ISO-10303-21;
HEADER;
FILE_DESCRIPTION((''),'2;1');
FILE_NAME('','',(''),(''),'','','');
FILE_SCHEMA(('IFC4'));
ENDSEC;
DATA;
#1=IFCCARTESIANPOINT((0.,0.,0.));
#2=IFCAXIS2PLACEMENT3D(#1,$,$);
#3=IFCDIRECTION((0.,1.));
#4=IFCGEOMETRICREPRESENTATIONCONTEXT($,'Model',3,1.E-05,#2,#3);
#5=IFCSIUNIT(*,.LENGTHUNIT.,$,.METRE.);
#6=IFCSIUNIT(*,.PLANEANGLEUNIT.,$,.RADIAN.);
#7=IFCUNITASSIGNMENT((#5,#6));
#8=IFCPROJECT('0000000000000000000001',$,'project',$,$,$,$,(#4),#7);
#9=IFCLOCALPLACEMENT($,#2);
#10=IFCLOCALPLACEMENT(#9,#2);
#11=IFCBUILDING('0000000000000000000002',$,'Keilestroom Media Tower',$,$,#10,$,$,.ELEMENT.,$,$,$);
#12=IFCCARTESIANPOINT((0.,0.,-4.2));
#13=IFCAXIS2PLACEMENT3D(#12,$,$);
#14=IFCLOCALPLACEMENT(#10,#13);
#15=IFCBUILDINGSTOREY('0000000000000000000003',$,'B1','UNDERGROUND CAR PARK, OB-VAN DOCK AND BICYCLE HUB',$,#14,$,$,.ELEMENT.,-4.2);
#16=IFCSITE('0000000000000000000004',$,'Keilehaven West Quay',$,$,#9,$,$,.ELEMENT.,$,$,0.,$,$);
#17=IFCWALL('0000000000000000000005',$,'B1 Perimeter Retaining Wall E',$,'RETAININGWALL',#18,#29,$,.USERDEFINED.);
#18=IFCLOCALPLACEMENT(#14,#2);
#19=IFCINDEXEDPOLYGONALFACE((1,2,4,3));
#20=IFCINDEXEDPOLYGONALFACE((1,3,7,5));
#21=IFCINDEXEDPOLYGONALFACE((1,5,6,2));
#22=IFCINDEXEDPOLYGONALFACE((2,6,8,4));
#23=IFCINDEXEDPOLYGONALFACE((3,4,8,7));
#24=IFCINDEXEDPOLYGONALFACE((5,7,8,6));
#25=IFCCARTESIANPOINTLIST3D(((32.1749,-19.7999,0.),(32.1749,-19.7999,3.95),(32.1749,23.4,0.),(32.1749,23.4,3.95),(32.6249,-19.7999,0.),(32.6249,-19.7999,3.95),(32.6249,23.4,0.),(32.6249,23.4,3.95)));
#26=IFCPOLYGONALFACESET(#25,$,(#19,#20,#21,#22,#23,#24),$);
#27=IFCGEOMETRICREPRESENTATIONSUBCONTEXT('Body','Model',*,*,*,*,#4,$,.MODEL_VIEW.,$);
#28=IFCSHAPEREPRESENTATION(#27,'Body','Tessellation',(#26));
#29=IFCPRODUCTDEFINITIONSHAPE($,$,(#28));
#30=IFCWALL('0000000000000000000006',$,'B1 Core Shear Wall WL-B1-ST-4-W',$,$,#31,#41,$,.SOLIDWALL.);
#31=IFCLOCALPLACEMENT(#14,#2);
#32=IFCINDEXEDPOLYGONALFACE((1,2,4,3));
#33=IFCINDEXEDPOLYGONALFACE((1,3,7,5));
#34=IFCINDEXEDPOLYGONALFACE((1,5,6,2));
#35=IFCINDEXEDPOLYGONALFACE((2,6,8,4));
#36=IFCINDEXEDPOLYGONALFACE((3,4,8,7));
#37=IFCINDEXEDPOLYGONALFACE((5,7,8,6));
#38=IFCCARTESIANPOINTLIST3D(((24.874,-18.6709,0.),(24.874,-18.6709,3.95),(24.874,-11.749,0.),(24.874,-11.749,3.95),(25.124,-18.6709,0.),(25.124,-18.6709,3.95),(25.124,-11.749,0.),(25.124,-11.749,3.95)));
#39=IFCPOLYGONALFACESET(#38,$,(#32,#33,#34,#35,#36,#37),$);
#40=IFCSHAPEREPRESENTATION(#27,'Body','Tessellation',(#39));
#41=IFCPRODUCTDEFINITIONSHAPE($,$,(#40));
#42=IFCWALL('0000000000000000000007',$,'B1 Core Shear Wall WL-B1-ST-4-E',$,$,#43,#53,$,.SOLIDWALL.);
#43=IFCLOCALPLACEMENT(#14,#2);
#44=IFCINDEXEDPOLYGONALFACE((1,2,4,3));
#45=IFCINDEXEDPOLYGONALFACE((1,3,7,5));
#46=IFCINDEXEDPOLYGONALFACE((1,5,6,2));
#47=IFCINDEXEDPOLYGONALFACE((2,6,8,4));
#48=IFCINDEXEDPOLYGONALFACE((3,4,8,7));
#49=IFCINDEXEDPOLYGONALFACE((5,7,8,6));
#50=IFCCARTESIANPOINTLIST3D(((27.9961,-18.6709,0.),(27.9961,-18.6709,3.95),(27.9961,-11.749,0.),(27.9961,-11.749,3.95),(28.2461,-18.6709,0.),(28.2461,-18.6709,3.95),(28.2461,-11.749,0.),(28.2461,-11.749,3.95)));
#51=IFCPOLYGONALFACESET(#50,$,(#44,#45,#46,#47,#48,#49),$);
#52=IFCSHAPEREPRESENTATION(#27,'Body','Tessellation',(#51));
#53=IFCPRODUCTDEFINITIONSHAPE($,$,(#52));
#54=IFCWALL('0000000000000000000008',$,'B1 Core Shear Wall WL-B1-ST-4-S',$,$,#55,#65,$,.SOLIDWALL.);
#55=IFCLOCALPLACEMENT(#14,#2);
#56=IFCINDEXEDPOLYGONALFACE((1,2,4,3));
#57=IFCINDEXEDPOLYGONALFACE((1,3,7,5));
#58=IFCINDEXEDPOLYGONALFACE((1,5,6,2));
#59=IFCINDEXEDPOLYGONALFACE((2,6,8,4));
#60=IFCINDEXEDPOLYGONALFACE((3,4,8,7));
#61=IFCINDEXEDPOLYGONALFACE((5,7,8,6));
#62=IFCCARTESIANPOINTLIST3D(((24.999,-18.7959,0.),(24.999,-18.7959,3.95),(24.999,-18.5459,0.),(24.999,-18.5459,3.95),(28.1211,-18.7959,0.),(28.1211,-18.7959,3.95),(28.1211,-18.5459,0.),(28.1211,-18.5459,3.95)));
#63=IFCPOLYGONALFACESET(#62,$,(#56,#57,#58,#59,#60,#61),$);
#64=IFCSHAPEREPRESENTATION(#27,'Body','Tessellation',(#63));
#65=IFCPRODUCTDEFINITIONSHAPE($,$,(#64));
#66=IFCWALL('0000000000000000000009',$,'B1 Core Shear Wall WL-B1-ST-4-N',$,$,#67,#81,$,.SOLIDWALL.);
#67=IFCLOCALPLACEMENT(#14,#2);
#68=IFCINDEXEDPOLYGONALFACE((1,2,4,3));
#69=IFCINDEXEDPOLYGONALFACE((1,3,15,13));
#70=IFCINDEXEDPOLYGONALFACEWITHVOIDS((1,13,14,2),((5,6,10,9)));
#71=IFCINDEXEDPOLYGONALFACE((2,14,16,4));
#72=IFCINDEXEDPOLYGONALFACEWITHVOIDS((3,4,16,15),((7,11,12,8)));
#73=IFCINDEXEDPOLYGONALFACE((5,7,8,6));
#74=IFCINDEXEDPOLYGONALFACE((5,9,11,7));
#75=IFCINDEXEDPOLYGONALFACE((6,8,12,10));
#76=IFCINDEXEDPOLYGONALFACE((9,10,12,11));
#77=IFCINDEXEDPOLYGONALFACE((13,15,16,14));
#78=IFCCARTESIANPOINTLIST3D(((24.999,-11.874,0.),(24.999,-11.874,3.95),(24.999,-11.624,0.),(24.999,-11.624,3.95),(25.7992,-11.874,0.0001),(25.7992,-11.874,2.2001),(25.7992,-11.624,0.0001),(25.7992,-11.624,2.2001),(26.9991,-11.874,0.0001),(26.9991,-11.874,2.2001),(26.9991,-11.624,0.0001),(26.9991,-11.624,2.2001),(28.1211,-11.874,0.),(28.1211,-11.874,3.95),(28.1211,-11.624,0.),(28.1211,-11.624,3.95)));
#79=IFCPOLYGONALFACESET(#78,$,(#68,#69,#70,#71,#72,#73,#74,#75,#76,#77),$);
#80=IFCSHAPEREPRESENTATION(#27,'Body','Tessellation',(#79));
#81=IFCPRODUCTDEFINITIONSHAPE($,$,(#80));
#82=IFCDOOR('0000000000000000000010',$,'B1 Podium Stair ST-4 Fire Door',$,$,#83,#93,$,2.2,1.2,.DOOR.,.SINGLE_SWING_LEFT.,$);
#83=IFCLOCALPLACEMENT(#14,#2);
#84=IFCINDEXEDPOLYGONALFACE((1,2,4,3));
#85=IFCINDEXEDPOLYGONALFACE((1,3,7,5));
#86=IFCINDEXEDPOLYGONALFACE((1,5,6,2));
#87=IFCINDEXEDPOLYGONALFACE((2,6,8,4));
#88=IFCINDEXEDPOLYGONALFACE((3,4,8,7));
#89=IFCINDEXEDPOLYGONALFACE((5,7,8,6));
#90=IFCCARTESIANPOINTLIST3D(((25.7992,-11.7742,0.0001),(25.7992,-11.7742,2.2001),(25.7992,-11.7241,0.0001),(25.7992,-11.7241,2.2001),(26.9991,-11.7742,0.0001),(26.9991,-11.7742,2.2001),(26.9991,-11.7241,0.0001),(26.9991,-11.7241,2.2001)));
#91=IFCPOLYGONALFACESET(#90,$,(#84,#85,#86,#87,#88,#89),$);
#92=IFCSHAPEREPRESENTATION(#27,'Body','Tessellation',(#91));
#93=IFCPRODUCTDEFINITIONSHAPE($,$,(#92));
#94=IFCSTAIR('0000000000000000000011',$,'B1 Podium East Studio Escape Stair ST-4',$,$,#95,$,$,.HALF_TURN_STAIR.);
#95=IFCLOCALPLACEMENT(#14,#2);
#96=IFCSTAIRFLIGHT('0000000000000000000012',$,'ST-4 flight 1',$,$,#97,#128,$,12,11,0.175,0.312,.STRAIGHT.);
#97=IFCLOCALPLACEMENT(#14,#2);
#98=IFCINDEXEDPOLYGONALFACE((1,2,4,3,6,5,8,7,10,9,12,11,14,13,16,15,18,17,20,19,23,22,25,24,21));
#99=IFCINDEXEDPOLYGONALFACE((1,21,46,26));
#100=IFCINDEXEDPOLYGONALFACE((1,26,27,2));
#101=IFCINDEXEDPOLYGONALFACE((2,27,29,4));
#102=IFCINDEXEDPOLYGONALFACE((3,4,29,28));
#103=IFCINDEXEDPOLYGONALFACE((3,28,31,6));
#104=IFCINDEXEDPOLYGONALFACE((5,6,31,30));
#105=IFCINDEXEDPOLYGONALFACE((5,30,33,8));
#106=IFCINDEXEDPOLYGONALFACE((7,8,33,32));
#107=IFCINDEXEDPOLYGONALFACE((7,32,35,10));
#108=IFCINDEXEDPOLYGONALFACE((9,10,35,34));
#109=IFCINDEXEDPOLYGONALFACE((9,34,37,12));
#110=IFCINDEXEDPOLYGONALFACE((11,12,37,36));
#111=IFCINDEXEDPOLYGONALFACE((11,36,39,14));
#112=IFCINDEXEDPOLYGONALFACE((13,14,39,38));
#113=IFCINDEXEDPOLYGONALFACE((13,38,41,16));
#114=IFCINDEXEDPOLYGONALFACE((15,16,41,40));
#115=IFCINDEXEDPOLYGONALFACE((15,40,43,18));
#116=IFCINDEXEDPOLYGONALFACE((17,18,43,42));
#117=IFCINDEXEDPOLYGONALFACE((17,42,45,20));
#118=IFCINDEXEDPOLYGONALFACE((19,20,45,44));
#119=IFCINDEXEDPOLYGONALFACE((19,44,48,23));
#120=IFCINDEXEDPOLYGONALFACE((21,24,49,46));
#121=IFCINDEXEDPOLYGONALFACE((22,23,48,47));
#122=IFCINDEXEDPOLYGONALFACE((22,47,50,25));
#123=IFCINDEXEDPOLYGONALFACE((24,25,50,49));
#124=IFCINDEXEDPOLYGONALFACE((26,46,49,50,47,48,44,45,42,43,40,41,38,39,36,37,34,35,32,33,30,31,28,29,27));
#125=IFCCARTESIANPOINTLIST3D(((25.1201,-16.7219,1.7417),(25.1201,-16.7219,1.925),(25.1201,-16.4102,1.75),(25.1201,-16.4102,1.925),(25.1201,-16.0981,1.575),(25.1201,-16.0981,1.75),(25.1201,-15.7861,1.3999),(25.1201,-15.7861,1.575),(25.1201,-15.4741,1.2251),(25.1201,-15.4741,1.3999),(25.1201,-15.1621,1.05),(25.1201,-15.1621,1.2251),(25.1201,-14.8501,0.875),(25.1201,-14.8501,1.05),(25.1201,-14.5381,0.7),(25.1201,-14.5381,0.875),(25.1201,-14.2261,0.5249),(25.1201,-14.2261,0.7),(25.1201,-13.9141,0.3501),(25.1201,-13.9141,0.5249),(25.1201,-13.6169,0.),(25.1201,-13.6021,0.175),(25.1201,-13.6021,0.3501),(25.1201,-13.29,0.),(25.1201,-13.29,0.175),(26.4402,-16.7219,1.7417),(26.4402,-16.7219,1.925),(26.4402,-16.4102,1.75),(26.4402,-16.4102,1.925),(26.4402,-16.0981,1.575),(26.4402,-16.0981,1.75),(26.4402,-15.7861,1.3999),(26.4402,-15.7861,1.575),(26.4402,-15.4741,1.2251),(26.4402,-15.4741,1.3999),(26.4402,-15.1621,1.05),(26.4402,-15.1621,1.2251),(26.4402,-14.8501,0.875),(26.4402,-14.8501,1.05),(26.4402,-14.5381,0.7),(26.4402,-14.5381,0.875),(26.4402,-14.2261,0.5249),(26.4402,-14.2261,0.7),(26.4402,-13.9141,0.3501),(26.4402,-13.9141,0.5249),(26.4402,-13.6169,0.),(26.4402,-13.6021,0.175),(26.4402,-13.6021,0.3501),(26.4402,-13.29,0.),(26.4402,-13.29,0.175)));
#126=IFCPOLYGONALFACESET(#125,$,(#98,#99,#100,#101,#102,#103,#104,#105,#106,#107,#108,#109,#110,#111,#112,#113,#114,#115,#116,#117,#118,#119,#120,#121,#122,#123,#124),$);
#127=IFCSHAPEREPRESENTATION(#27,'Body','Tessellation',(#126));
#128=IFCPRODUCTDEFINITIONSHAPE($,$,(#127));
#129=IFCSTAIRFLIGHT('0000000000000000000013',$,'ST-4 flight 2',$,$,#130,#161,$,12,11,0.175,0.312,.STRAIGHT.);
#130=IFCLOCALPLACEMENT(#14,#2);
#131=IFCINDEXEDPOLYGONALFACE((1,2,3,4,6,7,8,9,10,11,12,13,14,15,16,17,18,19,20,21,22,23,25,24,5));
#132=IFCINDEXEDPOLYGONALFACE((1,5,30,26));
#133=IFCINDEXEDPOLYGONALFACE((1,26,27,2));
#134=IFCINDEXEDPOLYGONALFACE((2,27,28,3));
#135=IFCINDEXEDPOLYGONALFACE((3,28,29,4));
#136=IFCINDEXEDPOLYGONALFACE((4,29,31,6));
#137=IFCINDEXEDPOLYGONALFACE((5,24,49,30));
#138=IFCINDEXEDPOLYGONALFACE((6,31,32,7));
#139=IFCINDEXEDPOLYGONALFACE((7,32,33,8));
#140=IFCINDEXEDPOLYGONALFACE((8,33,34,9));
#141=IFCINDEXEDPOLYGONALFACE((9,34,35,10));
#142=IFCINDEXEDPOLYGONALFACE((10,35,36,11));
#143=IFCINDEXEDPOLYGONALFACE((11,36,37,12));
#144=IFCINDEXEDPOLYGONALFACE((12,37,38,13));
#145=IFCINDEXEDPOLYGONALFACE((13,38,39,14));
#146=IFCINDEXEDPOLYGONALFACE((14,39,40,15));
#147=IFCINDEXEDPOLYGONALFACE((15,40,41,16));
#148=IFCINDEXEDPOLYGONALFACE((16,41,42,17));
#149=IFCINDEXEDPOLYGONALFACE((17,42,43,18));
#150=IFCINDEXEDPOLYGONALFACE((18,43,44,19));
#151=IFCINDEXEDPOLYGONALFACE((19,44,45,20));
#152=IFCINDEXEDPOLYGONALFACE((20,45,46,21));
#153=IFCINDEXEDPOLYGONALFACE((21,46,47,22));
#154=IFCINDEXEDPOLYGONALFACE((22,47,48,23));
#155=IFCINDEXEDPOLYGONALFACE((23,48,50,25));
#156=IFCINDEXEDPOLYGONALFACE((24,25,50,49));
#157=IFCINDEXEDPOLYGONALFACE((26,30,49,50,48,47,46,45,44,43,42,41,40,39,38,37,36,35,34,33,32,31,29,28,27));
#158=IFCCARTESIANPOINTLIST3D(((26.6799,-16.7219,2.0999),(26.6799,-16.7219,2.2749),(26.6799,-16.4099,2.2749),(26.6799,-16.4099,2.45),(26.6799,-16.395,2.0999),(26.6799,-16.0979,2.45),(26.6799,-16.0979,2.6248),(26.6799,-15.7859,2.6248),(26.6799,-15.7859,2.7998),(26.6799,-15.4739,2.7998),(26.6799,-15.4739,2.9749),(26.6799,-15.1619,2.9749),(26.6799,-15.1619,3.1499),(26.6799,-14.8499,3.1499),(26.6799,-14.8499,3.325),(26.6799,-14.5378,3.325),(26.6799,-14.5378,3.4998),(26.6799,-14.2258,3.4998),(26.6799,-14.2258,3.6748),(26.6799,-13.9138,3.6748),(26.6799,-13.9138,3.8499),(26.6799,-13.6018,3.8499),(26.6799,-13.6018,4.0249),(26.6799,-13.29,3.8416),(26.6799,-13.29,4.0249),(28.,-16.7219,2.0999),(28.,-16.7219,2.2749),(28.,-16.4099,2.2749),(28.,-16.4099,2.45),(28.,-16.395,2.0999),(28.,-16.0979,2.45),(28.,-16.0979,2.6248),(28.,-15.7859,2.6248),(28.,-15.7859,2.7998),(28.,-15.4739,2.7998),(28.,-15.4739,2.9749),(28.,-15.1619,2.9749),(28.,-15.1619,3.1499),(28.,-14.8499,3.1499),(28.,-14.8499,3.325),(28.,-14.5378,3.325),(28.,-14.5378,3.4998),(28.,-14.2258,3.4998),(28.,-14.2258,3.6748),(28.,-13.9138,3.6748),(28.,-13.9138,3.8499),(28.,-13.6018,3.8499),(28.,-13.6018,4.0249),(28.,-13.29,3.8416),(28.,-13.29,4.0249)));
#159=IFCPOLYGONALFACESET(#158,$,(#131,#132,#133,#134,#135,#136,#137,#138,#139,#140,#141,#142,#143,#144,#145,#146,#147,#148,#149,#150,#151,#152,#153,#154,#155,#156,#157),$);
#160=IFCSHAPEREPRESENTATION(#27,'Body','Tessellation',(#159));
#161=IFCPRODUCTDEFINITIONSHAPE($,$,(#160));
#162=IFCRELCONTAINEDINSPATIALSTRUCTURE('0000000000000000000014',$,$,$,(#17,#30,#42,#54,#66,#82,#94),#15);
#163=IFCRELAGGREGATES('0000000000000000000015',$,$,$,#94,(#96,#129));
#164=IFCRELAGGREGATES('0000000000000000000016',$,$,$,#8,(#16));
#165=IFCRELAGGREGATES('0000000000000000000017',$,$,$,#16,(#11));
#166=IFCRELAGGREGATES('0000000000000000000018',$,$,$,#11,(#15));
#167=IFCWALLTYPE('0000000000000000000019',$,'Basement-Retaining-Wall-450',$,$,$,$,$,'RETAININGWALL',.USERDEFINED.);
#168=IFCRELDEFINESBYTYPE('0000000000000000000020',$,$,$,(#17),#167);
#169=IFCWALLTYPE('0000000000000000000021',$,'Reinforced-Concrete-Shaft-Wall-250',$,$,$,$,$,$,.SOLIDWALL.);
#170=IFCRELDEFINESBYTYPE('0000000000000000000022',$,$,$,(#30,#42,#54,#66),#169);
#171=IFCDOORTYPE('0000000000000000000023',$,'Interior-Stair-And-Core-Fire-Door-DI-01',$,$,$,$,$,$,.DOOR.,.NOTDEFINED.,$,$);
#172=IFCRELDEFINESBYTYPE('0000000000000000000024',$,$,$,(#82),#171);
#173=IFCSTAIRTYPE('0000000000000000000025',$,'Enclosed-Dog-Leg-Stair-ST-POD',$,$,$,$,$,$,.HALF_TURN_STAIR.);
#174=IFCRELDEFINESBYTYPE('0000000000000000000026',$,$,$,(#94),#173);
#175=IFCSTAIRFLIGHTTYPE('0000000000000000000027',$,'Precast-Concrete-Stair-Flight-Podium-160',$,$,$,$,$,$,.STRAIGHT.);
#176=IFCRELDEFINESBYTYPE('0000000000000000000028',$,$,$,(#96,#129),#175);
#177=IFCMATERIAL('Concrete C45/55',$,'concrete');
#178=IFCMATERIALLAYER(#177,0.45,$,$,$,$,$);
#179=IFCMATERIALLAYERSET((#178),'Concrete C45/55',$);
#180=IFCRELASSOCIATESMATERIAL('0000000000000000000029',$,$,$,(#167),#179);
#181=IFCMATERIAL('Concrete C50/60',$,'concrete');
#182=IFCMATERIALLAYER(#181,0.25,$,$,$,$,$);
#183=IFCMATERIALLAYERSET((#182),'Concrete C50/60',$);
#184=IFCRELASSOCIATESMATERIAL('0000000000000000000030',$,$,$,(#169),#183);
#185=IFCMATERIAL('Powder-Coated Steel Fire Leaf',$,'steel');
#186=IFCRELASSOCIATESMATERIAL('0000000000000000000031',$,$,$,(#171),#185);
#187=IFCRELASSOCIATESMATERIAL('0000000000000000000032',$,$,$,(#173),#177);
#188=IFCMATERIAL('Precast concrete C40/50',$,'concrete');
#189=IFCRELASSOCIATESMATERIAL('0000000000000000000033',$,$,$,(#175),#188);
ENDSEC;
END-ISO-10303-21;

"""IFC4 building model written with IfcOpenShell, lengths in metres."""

from ifc_helpers import new_model, si_unit, direction, frame, frame_2d, origin, place, context, subcontext, project, spatial, polyline, rectangle, outline, extrude, source, transform, mapped, material, layer, layer_set, type_object, element, fill, aggregate, save


model = new_model("IFC4")

# Units and contexts
model_context = context("Model", 3, precision=1e-05, world=origin(), true_north=direction((0.0, 1.0)))
body_context = subcontext(model_context, "Body", "Model", "MODEL_VIEW")
ifc_project = project(units=[si_unit("LENGTHUNIT", "METRE"), si_unit("PLANEANGLEUNIT", "RADIAN")], contexts=[model_context])

# Site, building, storey
site_placement = place(None, origin())
site = spatial("IfcSite", under=ifc_project, at=site_placement, Name="Keilehaven West Quay", CompositionType="ELEMENT", RefElevation=0.0)
building_placement = place(site_placement, origin())
building = spatial("IfcBuilding", under=site, at=building_placement, Name="Keilestroom Media Tower", CompositionType="ELEMENT")
storey_placement = place(building_placement, frame((0.0, 0.0, -4.2)))
storey = spatial("IfcBuildingStorey", under=building, at=storey_placement, Name="B1", Description="UNDERGROUND CAR PARK, OB-VAN DOCK AND BICYCLE HUB", CompositionType="ELEMENT", Elevation=-4.2)

# Shared definitions
ifc_material_1 = material(Name="Precast concrete C40/50", Category="concrete")

# Walls
ifc_material_2 = material(Name="Concrete C45/55", Category="concrete")
ifc_layer_1 = layer(ifc_material_2, 0.45)
ifc_layer_set_1 = layer_set([ifc_layer_1], Name="Concrete C45/55")
wall_type_1 = type_object("IfcWallType", Name="Basement-Retaining-Wall-450", ElementType="RETAININGWALL", PredefinedType="USERDEFINED", material=ifc_layer_set_1)
wall_1_placement = place(storey_placement, frame((32.3999, -19.8, 0.0), z_axis=(0.0, 0.0, 1.0), x_axis=(0.0, 1.0, 0.0)))
element("IfcWall", 1, at=wall_1_placement, inside=storey, type_object=wall_type_1, Name="B1 Perimeter Retaining Wall E", ObjectType="RETAININGWALL", PredefinedType="USERDEFINED", context=body_context, shape_type="SweptSolid", body=[
    extrude(rectangle(XDim=43.2, YDim=0.45, at=frame_2d((21.6001, 0.0))), origin(), (0.0, 0.0, 1.0), 3.95),
])
ifc_material_3 = material(Name="Concrete C50/60", Category="concrete")
ifc_layer_2 = layer(ifc_material_3, 0.25)
ifc_layer_set_2 = layer_set([ifc_layer_2], Name="Concrete C50/60")
wall_type_2 = type_object("IfcWallType", Name="Reinforced-Concrete-Shaft-Wall-250", PredefinedType="SOLIDWALL", material=ifc_layer_set_2)
for number, where, z_axis, x_axis, name in (
    (2, (24.999, -18.6709, 0.0), (0.0, 0.0, 1.0), (0.0, 1.0, 0.0), "B1 Core Shear Wall WL-B1-ST-4-W"),
    (3, (28.1211, -18.6709, 0.0), (0.0, 0.0, 1.0), (0.0, 1.0, 0.0), "B1 Core Shear Wall WL-B1-ST-4-E"),
):
    element("IfcWall", number, at=place(storey_placement, frame(where, z_axis=z_axis, x_axis=x_axis)), inside=storey, type_object=wall_type_2, Name=name, PredefinedType="SOLIDWALL", context=body_context, shape_type="SweptSolid", body=[
        extrude(rectangle(XDim=6.9219, YDim=0.25, at=frame_2d((3.4609, 0.0))), origin(), (0.0, 0.0, 1.0), 3.95),
    ])
wall_2_placement = place(storey_placement, frame((24.999, -18.6709, 0.0), z_axis=(0.0, 0.0, 1.0), x_axis=(1.0, 0.0, 0.0)))
element("IfcWall", 4, at=wall_2_placement, inside=storey, type_object=wall_type_2, Name="B1 Core Shear Wall WL-B1-ST-4-S", PredefinedType="SOLIDWALL", context=body_context, shape_type="SweptSolid", body=[
    extrude(rectangle(XDim=3.1221, YDim=0.25, at=frame_2d((1.561, 0.0))), origin(), (0.0, 0.0, 1.0), 3.95),
])

# Wall, opening, door
wall_3_placement = place(storey_placement, frame((24.999, -11.749, 0.0), z_axis=(0.0, 0.0, 1.0), x_axis=(1.0, 0.0, 0.0)))
wall_3 = element("IfcWall", 5, at=wall_3_placement, inside=storey, type_object=wall_type_2, Name="B1 Core Shear Wall WL-B1-ST-4-N", PredefinedType="SOLIDWALL", context=body_context, shape_type="SweptSolid", body=[
    extrude(rectangle(XDim=3.1221, YDim=0.25, at=frame_2d((1.561, 0.0))), origin(), (0.0, 0.0, 1.0), 3.95),
])
opening_placement = place(wall_3_placement, frame((0.8, 0.0, 0.0)))
opening = element("IfcOpeningElement", 6, at=opening_placement, cuts=wall_3, PredefinedType="OPENING", context=body_context, shape_type="SweptSolid", body=[
    extrude(rectangle(XDim=1.2, YDim=2.2, at=frame_2d((0.6001, 1.1001))), frame((0.0, 0.135, 0.0), z_axis=(0.0, -1.0, 0.0), x_axis=(1.0, 0.0, 0.0)), (0.0, 0.0, 1.0), 0.27),
])
ifc_material_4 = material(Name="Powder-Coated Steel Fire Leaf", Category="steel")
door_type = type_object("IfcDoorType", Name="Interior-Stair-And-Core-Fire-Door-DI-01", OperationType="NOTDEFINED", PredefinedType="DOOR", material=ifc_material_4)
shared_shape_1 = source(origin(), body_context, "Body", "SweptSolid", [
    extrude(rectangle(XDim=1.2, YDim=2.2, at=frame_2d((0.6001, 1.1001))), frame((0.0, 0.0249, 0.0), z_axis=(0.0, -1.0, 0.0), x_axis=(1.0, 0.0, 0.0)), (0.0, 0.0, 1.0), 0.05),
])
door_placement = place(opening_placement, origin())
door = element("IfcDoor", 7, at=door_placement, inside=storey, type_object=door_type, Name="B1 Podium Stair ST-4 Fire Door", OperationType="SINGLE_SWING_LEFT", OverallHeight=2.2, OverallWidth=1.2, PredefinedType="DOOR", context=body_context, shape_type="MappedRepresentation", body=[
    mapped(shared_shape_1, transform((0.0, 0.0, 0.0), x_axis=(1.0, 0.0, 0.0), y_axis=(0.0, 1.0, 0.0), z_axis=(0.0, 0.0, 1.0), scale=1.0)),
])
fill(opening, door)

# Stair, stair flights
stair_type = type_object("IfcStairType", Name="Enclosed-Dog-Leg-Stair-ST-POD", PredefinedType="HALF_TURN_STAIR", material=ifc_material_2)
stair_placement = place(storey_placement, origin())
stair = element("IfcStair", 8, at=stair_placement, inside=storey, type_object=stair_type, Name="B1 Podium East Studio Escape Stair ST-4", PredefinedType="HALF_TURN_STAIR")
stair_flight_type = type_object("IfcStairFlightType", Name="Precast-Concrete-Stair-Flight-Podium-160", PredefinedType="STRAIGHT", material=ifc_material_1)
stair_flight_1_placement = place(storey_placement, frame((25.78, -13.29, 0.0), z_axis=(0.0, 0.0, 1.0), x_axis=(0.0, -1.0, 0.0)))
stair_flight_1 = element("IfcStairFlight", 9, at=stair_flight_1_placement, type_object=stair_flight_type, Name="ST-4 flight 1", NumberOfRisers=12, NumberOfTreads=11, PredefinedType="STRAIGHT", RiserHeight=0.175, TreadLength=0.312, context=body_context, shape_type="SweptSolid", body=[
    extrude(outline(polyline([(0.0, 0.0), (0.0, 0.175), (0.312, 0.175), (0.312, 0.3501), (0.624, 0.3501), (0.624, 0.5249), (0.936, 0.5249), (0.936, 0.7), (1.248, 0.7), (1.248, 0.875), (1.5601, 0.875), (1.5601, 1.05), (1.8721, 1.05), (1.8721, 1.2251), (2.1841, 1.2251), (2.1841, 1.3999), (2.4961, 1.3999), (2.4961, 1.575), (2.8081, 1.575), (2.8081, 1.75), (3.1201, 1.75), (3.1201, 1.925), (3.4319, 1.925), (3.4319, 2.1001), (3.4319, 1.7417), (0.3269, 0.0), (0.0, 0.0)])), frame((0.0, 0.6602, 0.0), z_axis=(0.0, -1.0, 0.0), x_axis=(1.0, 0.0, 0.0)), (0.0, 0.0, 1.0), 1.3201),
])
stair_flight_2_placement = place(storey_placement, frame((27.3401, -16.7219, 2.0999), z_axis=(0.0, 0.0, 1.0), x_axis=(0.0, 1.0, 0.0)))
stair_flight_2 = element("IfcStairFlight", 10, at=stair_flight_2_placement, type_object=stair_flight_type, Name="ST-4 flight 2", NumberOfRisers=12, NumberOfTreads=11, PredefinedType="STRAIGHT", RiserHeight=0.175, TreadLength=0.312, context=body_context, shape_type="SweptSolid", body=[
    extrude(outline(polyline([(0.0, 0.0), (0.0, 0.175), (0.312, 0.175), (0.312, 0.3501), (0.624, 0.3501), (0.624, 0.5249), (0.936, 0.5249), (0.936, 0.7), (1.248, 0.7), (1.248, 0.875), (1.5601, 0.875), (1.5601, 1.05), (1.8721, 1.05), (1.8721, 1.2251), (2.1841, 1.2251), (2.1841, 1.3999), (2.4961, 1.3999), (2.4961, 1.575), (2.8081, 1.575), (2.8081, 1.75), (3.1201, 1.75), (3.1201, 1.925), (3.4319, 1.925), (3.4319, 2.1001), (3.4319, 1.7417), (0.3269, 0.0), (0.0, 0.0)])), frame((0.0, 0.6602, 0.0), z_axis=(0.0, -1.0, 0.0), x_axis=(1.0, 0.0, 0.0)), (0.0, 0.0, 1.0), 1.3201),
])
aggregate(stair, [stair_flight_1, stair_flight_2])

save(model, "model.ifc")
